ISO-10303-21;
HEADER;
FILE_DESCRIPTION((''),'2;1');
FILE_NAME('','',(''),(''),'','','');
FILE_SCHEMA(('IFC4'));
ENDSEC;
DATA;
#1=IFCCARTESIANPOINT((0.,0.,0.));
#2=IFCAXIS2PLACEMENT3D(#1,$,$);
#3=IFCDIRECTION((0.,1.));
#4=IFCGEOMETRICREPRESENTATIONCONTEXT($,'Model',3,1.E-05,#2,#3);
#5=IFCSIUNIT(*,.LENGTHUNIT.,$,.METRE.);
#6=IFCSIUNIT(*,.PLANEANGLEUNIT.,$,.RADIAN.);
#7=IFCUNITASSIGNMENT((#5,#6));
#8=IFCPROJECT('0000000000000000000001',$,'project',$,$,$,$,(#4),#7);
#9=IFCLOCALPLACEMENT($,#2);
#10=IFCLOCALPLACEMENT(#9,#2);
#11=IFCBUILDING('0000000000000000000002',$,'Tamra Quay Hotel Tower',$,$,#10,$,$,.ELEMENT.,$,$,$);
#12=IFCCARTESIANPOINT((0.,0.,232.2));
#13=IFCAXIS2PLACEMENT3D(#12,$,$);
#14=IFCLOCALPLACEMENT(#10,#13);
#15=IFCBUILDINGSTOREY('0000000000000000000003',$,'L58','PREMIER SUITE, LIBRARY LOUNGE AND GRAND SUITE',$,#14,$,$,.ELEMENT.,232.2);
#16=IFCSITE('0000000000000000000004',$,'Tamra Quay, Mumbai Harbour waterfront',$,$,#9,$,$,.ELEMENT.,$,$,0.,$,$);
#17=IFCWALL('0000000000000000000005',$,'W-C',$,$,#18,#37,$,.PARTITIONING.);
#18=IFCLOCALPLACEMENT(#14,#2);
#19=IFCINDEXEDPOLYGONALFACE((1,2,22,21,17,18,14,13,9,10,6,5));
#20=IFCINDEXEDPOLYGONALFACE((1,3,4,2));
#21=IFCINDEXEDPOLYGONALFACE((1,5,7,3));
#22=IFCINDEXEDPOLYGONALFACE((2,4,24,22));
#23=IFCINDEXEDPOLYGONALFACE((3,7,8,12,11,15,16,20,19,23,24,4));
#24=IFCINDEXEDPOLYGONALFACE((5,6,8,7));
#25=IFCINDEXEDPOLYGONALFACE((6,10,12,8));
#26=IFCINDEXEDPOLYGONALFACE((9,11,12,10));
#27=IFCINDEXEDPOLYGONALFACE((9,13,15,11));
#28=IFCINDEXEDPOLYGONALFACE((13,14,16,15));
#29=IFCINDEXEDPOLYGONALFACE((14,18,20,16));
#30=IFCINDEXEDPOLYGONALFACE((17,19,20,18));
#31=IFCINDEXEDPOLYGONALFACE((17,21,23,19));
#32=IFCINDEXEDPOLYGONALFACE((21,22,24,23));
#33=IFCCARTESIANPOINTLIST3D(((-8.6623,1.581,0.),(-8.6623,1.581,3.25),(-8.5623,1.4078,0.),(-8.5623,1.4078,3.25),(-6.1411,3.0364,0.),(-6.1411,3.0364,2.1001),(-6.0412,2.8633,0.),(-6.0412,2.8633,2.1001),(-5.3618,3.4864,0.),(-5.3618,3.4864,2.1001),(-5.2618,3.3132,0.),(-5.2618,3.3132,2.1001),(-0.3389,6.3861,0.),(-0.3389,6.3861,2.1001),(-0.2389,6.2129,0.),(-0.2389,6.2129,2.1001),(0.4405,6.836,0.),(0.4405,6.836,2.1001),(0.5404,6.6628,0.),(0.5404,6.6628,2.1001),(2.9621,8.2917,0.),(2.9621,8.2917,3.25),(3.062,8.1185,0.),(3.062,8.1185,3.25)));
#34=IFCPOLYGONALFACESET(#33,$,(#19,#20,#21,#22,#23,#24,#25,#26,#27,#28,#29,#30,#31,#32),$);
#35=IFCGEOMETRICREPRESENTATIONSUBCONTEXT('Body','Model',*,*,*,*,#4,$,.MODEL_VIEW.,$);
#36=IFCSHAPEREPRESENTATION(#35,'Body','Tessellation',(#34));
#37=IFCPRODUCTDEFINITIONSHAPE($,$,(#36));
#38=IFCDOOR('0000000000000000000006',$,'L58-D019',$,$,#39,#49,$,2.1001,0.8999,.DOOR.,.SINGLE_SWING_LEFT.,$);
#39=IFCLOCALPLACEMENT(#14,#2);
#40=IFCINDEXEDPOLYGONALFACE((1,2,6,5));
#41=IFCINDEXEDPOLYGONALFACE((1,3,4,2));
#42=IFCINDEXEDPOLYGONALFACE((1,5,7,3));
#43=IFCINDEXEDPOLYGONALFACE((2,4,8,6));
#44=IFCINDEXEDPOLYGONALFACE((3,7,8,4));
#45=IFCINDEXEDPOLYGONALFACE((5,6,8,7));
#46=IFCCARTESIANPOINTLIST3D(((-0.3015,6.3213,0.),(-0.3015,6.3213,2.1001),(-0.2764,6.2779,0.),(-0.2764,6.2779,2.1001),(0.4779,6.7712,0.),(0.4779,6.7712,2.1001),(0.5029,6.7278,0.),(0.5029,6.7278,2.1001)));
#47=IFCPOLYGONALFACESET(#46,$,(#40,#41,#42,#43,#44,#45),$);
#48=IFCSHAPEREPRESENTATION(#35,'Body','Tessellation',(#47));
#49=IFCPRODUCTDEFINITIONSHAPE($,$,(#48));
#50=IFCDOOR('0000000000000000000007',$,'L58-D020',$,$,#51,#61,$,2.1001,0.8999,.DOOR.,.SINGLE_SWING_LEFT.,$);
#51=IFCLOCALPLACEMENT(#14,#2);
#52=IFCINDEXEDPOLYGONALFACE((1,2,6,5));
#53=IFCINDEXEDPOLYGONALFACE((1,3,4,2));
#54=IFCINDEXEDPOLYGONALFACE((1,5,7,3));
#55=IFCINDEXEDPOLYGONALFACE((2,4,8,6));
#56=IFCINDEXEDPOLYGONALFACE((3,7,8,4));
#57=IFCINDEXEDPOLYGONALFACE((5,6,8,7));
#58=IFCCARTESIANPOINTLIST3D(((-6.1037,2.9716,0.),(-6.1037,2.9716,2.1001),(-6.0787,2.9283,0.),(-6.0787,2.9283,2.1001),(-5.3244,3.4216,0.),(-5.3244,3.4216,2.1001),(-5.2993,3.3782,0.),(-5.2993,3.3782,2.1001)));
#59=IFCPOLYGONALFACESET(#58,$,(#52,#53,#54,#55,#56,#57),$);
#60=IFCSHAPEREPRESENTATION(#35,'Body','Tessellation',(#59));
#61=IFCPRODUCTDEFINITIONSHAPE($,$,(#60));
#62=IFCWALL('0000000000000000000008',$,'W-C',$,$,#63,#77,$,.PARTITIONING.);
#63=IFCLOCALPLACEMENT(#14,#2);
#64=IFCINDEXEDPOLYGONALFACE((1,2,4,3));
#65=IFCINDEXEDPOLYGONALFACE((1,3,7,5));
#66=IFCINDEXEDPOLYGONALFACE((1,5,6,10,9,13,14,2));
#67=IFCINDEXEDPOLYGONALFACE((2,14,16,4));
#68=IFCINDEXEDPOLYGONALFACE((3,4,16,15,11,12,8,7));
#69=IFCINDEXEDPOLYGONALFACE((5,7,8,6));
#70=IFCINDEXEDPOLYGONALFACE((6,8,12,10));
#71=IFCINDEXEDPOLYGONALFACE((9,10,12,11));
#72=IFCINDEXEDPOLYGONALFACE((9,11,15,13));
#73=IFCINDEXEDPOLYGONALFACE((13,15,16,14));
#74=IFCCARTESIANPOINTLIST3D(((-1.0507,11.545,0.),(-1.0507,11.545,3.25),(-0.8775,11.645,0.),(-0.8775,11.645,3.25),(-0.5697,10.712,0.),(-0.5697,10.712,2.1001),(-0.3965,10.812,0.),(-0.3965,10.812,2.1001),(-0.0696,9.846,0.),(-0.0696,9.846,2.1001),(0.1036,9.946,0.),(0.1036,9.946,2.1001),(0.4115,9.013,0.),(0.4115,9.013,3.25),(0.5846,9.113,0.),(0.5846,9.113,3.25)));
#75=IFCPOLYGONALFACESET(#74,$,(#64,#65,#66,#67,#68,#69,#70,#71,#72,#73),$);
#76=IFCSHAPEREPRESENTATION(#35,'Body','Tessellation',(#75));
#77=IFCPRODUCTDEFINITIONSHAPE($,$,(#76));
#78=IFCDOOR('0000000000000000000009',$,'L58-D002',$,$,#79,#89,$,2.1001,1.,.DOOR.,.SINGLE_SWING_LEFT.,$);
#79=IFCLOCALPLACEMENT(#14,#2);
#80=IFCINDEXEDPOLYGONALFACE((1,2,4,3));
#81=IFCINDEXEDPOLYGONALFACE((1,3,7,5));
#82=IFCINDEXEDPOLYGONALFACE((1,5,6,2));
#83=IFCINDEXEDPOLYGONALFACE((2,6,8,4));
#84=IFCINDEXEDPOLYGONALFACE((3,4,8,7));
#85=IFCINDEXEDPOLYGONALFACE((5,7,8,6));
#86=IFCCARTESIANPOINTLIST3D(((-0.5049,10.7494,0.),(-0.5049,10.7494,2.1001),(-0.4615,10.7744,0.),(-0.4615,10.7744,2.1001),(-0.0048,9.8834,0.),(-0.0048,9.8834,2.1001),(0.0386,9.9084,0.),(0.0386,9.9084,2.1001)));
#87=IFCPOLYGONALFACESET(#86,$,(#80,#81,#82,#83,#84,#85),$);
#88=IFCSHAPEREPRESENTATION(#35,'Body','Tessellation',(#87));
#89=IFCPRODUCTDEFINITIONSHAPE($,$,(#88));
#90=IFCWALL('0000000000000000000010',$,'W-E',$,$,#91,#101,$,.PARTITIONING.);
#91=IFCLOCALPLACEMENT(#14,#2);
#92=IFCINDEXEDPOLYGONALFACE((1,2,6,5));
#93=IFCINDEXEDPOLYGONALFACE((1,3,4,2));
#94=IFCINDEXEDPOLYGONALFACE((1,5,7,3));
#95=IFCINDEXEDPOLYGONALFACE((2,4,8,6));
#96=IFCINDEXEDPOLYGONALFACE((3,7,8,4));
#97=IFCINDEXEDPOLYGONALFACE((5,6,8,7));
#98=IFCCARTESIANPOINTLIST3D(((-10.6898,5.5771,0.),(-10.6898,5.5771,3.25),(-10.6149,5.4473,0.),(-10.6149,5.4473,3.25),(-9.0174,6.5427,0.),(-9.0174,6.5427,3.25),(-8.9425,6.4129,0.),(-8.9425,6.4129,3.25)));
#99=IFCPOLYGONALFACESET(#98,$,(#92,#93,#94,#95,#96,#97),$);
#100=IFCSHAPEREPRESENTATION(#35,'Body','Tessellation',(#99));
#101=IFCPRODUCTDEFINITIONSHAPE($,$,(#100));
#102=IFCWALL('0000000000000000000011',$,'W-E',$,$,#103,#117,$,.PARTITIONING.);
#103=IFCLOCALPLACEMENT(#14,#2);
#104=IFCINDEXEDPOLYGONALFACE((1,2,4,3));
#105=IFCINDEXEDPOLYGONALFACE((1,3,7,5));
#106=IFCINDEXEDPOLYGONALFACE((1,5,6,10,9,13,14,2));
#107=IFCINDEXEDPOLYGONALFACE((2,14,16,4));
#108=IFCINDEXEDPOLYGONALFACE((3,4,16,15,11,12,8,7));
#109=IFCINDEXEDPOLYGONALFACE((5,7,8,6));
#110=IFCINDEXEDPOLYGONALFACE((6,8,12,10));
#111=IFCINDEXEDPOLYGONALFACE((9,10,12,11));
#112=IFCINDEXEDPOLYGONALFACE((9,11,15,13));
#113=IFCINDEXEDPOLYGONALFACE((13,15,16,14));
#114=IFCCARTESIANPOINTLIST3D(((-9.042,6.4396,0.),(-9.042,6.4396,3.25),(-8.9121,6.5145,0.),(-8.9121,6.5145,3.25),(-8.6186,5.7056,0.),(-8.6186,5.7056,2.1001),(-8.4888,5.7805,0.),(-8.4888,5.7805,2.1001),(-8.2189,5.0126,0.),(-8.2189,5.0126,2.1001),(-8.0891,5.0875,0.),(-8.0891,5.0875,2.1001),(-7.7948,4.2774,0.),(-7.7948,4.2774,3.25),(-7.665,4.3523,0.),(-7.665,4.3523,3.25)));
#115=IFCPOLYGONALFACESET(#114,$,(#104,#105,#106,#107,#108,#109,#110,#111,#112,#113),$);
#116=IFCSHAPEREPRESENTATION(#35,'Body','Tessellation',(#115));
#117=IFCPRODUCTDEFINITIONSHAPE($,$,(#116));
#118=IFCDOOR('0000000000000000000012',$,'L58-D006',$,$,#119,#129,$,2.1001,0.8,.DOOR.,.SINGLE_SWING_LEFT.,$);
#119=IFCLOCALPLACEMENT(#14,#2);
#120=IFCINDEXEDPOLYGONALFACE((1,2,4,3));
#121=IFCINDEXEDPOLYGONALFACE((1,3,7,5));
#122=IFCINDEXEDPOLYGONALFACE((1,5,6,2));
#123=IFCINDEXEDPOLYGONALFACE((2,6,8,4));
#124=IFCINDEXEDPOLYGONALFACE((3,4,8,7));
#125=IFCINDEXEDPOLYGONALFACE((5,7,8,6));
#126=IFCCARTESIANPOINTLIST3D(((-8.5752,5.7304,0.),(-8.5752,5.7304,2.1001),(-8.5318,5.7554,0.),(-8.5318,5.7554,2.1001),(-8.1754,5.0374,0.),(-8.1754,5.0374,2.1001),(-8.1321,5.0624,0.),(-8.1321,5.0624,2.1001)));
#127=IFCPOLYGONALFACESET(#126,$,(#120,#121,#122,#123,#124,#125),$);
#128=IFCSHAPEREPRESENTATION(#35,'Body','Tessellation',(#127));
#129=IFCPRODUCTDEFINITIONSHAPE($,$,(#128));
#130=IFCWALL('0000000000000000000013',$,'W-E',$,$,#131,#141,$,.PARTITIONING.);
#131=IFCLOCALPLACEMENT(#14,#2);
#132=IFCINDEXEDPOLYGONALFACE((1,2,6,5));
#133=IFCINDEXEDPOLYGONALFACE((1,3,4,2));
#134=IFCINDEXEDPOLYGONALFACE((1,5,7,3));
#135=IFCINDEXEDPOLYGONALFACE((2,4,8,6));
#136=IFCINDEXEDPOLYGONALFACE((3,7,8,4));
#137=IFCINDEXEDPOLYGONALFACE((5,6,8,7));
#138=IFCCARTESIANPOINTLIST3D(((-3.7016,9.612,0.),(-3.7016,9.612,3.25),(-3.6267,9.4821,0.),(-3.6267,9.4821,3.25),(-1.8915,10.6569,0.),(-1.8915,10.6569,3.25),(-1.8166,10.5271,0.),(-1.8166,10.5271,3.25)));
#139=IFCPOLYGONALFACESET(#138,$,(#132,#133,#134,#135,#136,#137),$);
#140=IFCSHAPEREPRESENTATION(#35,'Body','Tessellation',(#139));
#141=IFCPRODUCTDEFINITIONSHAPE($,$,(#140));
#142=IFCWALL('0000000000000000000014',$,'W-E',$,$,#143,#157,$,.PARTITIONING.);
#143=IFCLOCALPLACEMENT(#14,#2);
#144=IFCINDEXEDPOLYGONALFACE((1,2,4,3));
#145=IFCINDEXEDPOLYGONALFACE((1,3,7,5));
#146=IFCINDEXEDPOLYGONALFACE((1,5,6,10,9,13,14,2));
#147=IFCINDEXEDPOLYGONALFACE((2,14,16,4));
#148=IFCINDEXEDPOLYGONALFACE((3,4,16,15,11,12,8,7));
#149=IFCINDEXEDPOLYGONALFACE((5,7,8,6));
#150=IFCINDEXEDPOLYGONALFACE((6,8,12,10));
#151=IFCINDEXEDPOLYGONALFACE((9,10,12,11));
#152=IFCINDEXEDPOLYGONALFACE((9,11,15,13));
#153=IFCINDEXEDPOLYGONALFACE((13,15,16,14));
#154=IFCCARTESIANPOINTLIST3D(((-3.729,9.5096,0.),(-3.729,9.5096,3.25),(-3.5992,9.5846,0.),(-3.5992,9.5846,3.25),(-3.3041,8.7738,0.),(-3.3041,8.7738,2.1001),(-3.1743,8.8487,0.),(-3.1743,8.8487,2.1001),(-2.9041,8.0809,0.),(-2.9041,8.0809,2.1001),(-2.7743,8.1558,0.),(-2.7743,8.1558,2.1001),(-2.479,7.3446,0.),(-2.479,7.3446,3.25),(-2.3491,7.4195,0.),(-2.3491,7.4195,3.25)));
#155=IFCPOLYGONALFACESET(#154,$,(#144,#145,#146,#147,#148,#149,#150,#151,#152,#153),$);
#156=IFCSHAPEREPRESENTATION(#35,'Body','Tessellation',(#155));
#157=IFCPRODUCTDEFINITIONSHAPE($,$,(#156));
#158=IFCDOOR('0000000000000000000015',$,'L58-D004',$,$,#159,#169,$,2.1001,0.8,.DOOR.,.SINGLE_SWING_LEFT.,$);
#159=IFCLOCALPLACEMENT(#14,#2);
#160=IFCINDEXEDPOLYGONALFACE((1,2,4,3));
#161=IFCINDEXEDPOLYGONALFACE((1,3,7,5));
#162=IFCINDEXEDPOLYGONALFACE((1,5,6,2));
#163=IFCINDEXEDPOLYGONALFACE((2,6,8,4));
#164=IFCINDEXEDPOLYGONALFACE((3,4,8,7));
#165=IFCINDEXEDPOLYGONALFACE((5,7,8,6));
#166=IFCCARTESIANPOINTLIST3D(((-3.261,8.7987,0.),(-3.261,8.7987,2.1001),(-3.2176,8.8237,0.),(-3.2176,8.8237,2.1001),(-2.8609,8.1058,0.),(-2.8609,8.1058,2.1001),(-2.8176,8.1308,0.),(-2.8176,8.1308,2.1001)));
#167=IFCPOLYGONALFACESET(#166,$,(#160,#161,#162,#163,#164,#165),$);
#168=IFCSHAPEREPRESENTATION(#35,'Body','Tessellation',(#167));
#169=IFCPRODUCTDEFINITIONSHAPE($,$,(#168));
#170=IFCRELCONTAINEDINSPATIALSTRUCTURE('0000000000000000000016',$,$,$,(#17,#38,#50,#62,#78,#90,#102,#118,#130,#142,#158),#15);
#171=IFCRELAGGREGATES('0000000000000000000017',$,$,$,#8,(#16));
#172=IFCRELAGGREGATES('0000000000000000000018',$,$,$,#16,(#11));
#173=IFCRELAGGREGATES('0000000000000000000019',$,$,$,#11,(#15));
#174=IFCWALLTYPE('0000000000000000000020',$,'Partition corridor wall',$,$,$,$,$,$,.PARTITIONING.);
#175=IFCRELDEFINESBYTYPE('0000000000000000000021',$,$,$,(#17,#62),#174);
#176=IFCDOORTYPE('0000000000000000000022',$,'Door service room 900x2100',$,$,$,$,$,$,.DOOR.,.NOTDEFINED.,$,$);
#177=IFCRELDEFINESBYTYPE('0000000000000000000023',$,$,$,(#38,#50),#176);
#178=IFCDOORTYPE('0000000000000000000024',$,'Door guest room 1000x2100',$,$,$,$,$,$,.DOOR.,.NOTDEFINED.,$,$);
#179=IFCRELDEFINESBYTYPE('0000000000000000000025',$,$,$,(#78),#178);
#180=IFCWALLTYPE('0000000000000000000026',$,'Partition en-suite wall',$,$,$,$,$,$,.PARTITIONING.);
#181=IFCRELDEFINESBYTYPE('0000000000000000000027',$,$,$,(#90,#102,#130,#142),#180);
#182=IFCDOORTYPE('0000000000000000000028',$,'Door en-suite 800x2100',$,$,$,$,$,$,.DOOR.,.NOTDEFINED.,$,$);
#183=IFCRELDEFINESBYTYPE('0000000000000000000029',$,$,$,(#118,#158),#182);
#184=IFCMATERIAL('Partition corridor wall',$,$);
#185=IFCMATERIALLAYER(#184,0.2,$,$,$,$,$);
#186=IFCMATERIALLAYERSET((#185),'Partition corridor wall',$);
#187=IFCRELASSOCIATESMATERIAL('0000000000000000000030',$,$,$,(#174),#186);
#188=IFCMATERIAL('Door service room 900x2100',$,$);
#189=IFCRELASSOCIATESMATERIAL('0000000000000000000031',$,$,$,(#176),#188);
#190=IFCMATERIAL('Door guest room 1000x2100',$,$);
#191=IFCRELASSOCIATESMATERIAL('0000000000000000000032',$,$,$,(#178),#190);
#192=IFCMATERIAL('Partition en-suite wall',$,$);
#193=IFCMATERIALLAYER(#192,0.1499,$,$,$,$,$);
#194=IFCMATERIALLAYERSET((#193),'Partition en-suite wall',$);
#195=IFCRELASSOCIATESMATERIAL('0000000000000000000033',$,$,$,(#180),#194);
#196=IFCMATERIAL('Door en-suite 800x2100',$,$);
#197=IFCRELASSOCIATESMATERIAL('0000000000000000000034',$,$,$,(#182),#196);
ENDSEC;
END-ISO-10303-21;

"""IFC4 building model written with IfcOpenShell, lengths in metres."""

from ifc_helpers import new_model, si_unit, direction, frame, frame_2d, origin, place, context, subcontext, project, spatial, rectangle, extrude, material, layer, layer_set, type_object, element, fill, save


model = new_model("IFC4")

# Units and contexts
model_context = context("Model", 3, precision=1e-05, world=origin(), true_north=direction((0.0, 1.0)))
body_context = subcontext(model_context, "Body", "Model", "MODEL_VIEW")
ifc_project = project(units=[si_unit("LENGTHUNIT", "METRE"), si_unit("PLANEANGLEUNIT", "RADIAN")], contexts=[model_context])

# Site, building, storey
site_placement = place(None, origin())
site = spatial("IfcSite", under=ifc_project, at=site_placement, Name="Tamra Quay, Mumbai Harbour waterfront", CompositionType="ELEMENT", RefElevation=0.0)
building_placement = place(site_placement, origin())
building = spatial("IfcBuilding", under=site, at=building_placement, Name="Tamra Quay Hotel Tower", CompositionType="ELEMENT")
storey_placement = place(building_placement, frame((0.0, 0.0, 232.2)))
storey = spatial("IfcBuildingStorey", under=building, at=storey_placement, Name="L58", Description="PREMIER SUITE, LIBRARY LOUNGE AND GRAND SUITE", CompositionType="ELEMENT", Elevation=232.2)

# Wall, openings, doors
ifc_material_1 = material(Name="Partition corridor wall")
ifc_layer_1 = layer(ifc_material_1, 0.2)
ifc_layer_set_1 = layer_set([ifc_layer_1], Name="Partition corridor wall")
wall_type_1 = type_object("IfcWallType", Name="Partition corridor wall", PredefinedType="PARTITIONING", material=ifc_layer_set_1)
wall_1_placement = place(storey_placement, frame((-8.6123, 1.4944, 0.0), z_axis=(0.0, 0.0, 1.0), x_axis=(0.866044, 0.499968, 0.0)))
wall_1 = element("IfcWall", 1, at=wall_1_placement, inside=storey, type_object=wall_type_1, Name="W-C", PredefinedType="PARTITIONING", context=body_context, shape_type="SweptSolid", body=[
    extrude(rectangle(XDim=13.4224, YDim=0.2, at=frame_2d((6.7112, 0.0))), origin(), (0.0, 0.0, 1.0), 3.25),
])
opening_1_placement = place(wall_1_placement, frame((9.6108, 0.0, 0.0)))
opening_1 = element("IfcOpeningElement", 2, at=opening_1_placement, cuts=wall_1, PredefinedType="OPENING", context=body_context, shape_type="SweptSolid", body=[
    extrude(rectangle(XDim=0.8999, YDim=2.1001, at=frame_2d((0.45, 1.05))), frame((0.0, 0.1099, 0.0), z_axis=(0.0, -1.0, 0.0), x_axis=(1.0, 0.0, 0.0)), (0.0, 0.0, 1.0), 0.22),
])
opening_2_placement = place(wall_1_placement, frame((2.9111, 0.0, 0.0)))
opening_2 = element("IfcOpeningElement", 3, at=opening_2_placement, cuts=wall_1, PredefinedType="OPENING", context=body_context, shape_type="SweptSolid", body=[
    extrude(rectangle(XDim=0.8999, YDim=2.1001, at=frame_2d((0.45, 1.05))), frame((0.0, 0.1099, 0.0), z_axis=(0.0, -1.0, 0.0), x_axis=(1.0, 0.0, 0.0)), (0.0, 0.0, 1.0), 0.22),
])
ifc_material_2 = material(Name="Door service room 900x2100")
door_type_1 = type_object("IfcDoorType", Name="Door service room 900x2100", OperationType="NOTDEFINED", PredefinedType="DOOR", material=ifc_material_2)
door_1_placement = place(opening_1_placement, frame((0.8999, 0.0, 0.0), z_axis=(0.0, 0.0, 1.0), x_axis=(-1.0, 0.0, 0.0)))
door_1 = element("IfcDoor", 4, at=door_1_placement, inside=storey, type_object=door_type_1, Name="L58-D019", OperationType="SINGLE_SWING_LEFT", OverallHeight=2.1001, OverallWidth=0.8999, PredefinedType="DOOR", context=body_context, shape_type="SweptSolid", body=[
    extrude(rectangle(XDim=0.8999, YDim=2.1001, at=frame_2d((0.45, 1.05))), frame((0.0, 0.0249, 0.0), z_axis=(0.0, -1.0, 0.0), x_axis=(1.0, 0.0, 0.0)), (0.0, 0.0, 1.0), 0.05),
])
fill(opening_1, door_1)
door_2_placement = place(opening_2_placement, frame((0.8999, 0.0, 0.0), z_axis=(0.0, 0.0, 1.0), x_axis=(-1.0, 0.0, 0.0)))
door_2 = element("IfcDoor", 5, at=door_2_placement, inside=storey, type_object=door_type_1, Name="L58-D020", OperationType="SINGLE_SWING_LEFT", OverallHeight=2.1001, OverallWidth=0.8999, PredefinedType="DOOR", context=body_context, shape_type="SweptSolid", body=[
    extrude(rectangle(XDim=0.8999, YDim=2.1001, at=frame_2d((0.45, 1.05))), frame((0.0, 0.0249, 0.0), z_axis=(0.0, -1.0, 0.0), x_axis=(1.0, 0.0, 0.0)), (0.0, 0.0, 1.0), 0.05),
])
fill(opening_2, door_2)

# Wall, opening, door
wall_2_placement = place(storey_placement, frame((-0.9641, 11.595, 0.0), z_axis=(0.0, 0.0, 1.0), x_axis=(0.500081, -0.865978, 0.0)))
wall_2 = element("IfcWall", 6, at=wall_2_placement, inside=storey, type_object=wall_type_1, Name="W-C", PredefinedType="PARTITIONING", context=body_context, shape_type="SweptSolid", body=[
    extrude(rectangle(XDim=2.9238, YDim=0.2, at=frame_2d((1.4619, 0.0))), origin(), (0.0, 0.0, 1.0), 3.25),
])
opening_3_placement = place(wall_2_placement, frame((0.9619, 0.0, 0.0)))
opening_3 = element("IfcOpeningElement", 7, at=opening_3_placement, cuts=wall_2, PredefinedType="OPENING", context=body_context, shape_type="SweptSolid", body=[
    extrude(rectangle(XDim=1.0, YDim=2.1001, at=frame_2d((0.5, 1.05))), frame((0.0, 0.1099, 0.0), z_axis=(0.0, -1.0, 0.0), x_axis=(1.0, 0.0, 0.0)), (0.0, 0.0, 1.0), 0.22),
])
ifc_material_3 = material(Name="Door guest room 1000x2100")
door_type_2 = type_object("IfcDoorType", Name="Door guest room 1000x2100", OperationType="NOTDEFINED", PredefinedType="DOOR", material=ifc_material_3)
door_3_placement = place(opening_3_placement, origin())
door_3 = element("IfcDoor", 8, at=door_3_placement, inside=storey, type_object=door_type_2, Name="L58-D002", OperationType="SINGLE_SWING_LEFT", OverallHeight=2.1001, OverallWidth=1.0, PredefinedType="DOOR", context=body_context, shape_type="SweptSolid", body=[
    extrude(rectangle(XDim=1.0, YDim=2.1001, at=frame_2d((0.5, 1.05))), frame((0.0, 0.0249, 0.0), z_axis=(0.0, -1.0, 0.0), x_axis=(1.0, 0.0, 0.0)), (0.0, 0.0, 1.0), 0.05),
])
fill(opening_3, door_3)

# Wall
ifc_material_4 = material(Name="Partition en-suite wall")
ifc_layer_2 = layer(ifc_material_4, 0.1499)
ifc_layer_set_2 = layer_set([ifc_layer_2], Name="Partition en-suite wall")
wall_type_2 = type_object("IfcWallType", Name="Partition en-suite wall", PredefinedType="PARTITIONING", material=ifc_layer_set_2)
wall_3_placement = place(storey_placement, frame((-10.6523, 5.5122, 0.0), z_axis=(0.0, 0.0, 1.0), x_axis=(0.866017, 0.500014, 0.0)))
element("IfcWall", 9, at=wall_3_placement, inside=storey, type_object=wall_type_2, Name="W-E", PredefinedType="PARTITIONING", context=body_context, shape_type="SweptSolid", body=[
    extrude(rectangle(XDim=1.9312, YDim=0.1499, at=frame_2d((0.9656, 0.0))), origin(), (0.0, 0.0, 1.0), 3.25),
])

# Wall, opening, door
wall_4_placement = place(storey_placement, frame((-8.9771, 6.4771, 0.0), z_axis=(0.0, 0.0, 1.0), x_axis=(0.499632, -0.866238, 0.0)))
wall_4 = element("IfcWall", 10, at=wall_4_placement, inside=storey, type_object=wall_type_2, Name="W-E", PredefinedType="PARTITIONING", context=body_context, shape_type="SweptSolid", body=[
    extrude(rectangle(XDim=2.4961, YDim=0.1499, at=frame_2d((1.248, 0.0))), origin(), (0.0, 0.0, 1.0), 3.25),
])
opening_4_placement = place(wall_4_placement, frame((0.8474, 0.0, 0.0)))
opening_4 = element("IfcOpeningElement", 11, at=opening_4_placement, cuts=wall_4, PredefinedType="OPENING", context=body_context, shape_type="SweptSolid", body=[
    extrude(rectangle(XDim=0.8, YDim=2.1001, at=frame_2d((0.3999, 1.05))), frame((0.0, 0.085, 0.0), z_axis=(0.0, -1.0, 0.0), x_axis=(1.0, 0.0, 0.0)), (0.0, 0.0, 1.0), 0.1699),
])
ifc_material_5 = material(Name="Door en-suite 800x2100")
door_type_3 = type_object("IfcDoorType", Name="Door en-suite 800x2100", OperationType="NOTDEFINED", PredefinedType="DOOR", material=ifc_material_5)
door_4_placement = place(opening_4_placement, frame((0.8, 0.0, 0.0), z_axis=(0.0, 0.0, 1.0), x_axis=(-1.0, 0.0, 0.0)))
door_4 = element("IfcDoor", 12, at=door_4_placement, inside=storey, type_object=door_type_3, Name="L58-D006", OperationType="SINGLE_SWING_LEFT", OverallHeight=2.1001, OverallWidth=0.8, PredefinedType="DOOR", context=body_context, shape_type="SweptSolid", body=[
    extrude(rectangle(XDim=0.8, YDim=2.1001, at=frame_2d((0.3999, 1.05))), frame((0.0, 0.0249, 0.0), z_axis=(0.0, -1.0, 0.0), x_axis=(1.0, 0.0, 0.0)), (0.0, 0.0, 1.0), 0.05),
])
fill(opening_4, door_4)

# Wall
wall_5_placement = place(storey_placement, frame((-3.6641, 9.5471, 0.0), z_axis=(0.0, 0.0, 1.0), x_axis=(0.866049, 0.499958, 0.0)))
element("IfcWall", 13, at=wall_5_placement, inside=storey, type_object=wall_type_2, Name="W-E", PredefinedType="PARTITIONING", context=body_context, shape_type="SweptSolid", body=[
    extrude(rectangle(XDim=2.0901, YDim=0.1499, at=frame_2d((1.0449, 0.0))), origin(), (0.0, 0.0, 1.0), 3.25),
])

# Wall, opening, door
wall_6_placement = place(storey_placement, frame((-3.6641, 9.5471, 0.0), z_axis=(0.0, 0.0, 1.0), x_axis=(0.500004, -0.866023, 0.0)))
wall_6 = element("IfcWall", 14, at=wall_6_placement, inside=storey, type_object=wall_type_2, Name="W-E", PredefinedType="PARTITIONING", context=body_context, shape_type="SweptSolid", body=[
    extrude(rectangle(XDim=2.5, YDim=0.1499, at=frame_2d((1.25, 0.0))), origin(), (0.0, 0.0, 1.0), 3.25),
])
opening_5_placement = place(wall_6_placement, frame((0.8499, 0.0, 0.0)))
opening_5 = element("IfcOpeningElement", 15, at=opening_5_placement, cuts=wall_6, PredefinedType="OPENING", context=body_context, shape_type="SweptSolid", body=[
    extrude(rectangle(XDim=0.8, YDim=2.1001, at=frame_2d((0.3999, 1.05))), frame((0.0, 0.085, 0.0), z_axis=(0.0, -1.0, 0.0), x_axis=(1.0, 0.0, 0.0)), (0.0, 0.0, 1.0), 0.1699),
])
door_5_placement = place(opening_5_placement, origin())
door_5 = element("IfcDoor", 16, at=door_5_placement, inside=storey, type_object=door_type_3, Name="L58-D004", OperationType="SINGLE_SWING_LEFT", OverallHeight=2.1001, OverallWidth=0.8, PredefinedType="DOOR", context=body_context, shape_type="SweptSolid", body=[
    extrude(rectangle(XDim=0.8, YDim=2.1001, at=frame_2d((0.3999, 1.05))), frame((0.0, 0.0249, 0.0), z_axis=(0.0, -1.0, 0.0), x_axis=(1.0, 0.0, 0.0)), (0.0, 0.0, 1.0), 0.05),
])
fill(opening_5, door_5)

save(model, "model.ifc")
